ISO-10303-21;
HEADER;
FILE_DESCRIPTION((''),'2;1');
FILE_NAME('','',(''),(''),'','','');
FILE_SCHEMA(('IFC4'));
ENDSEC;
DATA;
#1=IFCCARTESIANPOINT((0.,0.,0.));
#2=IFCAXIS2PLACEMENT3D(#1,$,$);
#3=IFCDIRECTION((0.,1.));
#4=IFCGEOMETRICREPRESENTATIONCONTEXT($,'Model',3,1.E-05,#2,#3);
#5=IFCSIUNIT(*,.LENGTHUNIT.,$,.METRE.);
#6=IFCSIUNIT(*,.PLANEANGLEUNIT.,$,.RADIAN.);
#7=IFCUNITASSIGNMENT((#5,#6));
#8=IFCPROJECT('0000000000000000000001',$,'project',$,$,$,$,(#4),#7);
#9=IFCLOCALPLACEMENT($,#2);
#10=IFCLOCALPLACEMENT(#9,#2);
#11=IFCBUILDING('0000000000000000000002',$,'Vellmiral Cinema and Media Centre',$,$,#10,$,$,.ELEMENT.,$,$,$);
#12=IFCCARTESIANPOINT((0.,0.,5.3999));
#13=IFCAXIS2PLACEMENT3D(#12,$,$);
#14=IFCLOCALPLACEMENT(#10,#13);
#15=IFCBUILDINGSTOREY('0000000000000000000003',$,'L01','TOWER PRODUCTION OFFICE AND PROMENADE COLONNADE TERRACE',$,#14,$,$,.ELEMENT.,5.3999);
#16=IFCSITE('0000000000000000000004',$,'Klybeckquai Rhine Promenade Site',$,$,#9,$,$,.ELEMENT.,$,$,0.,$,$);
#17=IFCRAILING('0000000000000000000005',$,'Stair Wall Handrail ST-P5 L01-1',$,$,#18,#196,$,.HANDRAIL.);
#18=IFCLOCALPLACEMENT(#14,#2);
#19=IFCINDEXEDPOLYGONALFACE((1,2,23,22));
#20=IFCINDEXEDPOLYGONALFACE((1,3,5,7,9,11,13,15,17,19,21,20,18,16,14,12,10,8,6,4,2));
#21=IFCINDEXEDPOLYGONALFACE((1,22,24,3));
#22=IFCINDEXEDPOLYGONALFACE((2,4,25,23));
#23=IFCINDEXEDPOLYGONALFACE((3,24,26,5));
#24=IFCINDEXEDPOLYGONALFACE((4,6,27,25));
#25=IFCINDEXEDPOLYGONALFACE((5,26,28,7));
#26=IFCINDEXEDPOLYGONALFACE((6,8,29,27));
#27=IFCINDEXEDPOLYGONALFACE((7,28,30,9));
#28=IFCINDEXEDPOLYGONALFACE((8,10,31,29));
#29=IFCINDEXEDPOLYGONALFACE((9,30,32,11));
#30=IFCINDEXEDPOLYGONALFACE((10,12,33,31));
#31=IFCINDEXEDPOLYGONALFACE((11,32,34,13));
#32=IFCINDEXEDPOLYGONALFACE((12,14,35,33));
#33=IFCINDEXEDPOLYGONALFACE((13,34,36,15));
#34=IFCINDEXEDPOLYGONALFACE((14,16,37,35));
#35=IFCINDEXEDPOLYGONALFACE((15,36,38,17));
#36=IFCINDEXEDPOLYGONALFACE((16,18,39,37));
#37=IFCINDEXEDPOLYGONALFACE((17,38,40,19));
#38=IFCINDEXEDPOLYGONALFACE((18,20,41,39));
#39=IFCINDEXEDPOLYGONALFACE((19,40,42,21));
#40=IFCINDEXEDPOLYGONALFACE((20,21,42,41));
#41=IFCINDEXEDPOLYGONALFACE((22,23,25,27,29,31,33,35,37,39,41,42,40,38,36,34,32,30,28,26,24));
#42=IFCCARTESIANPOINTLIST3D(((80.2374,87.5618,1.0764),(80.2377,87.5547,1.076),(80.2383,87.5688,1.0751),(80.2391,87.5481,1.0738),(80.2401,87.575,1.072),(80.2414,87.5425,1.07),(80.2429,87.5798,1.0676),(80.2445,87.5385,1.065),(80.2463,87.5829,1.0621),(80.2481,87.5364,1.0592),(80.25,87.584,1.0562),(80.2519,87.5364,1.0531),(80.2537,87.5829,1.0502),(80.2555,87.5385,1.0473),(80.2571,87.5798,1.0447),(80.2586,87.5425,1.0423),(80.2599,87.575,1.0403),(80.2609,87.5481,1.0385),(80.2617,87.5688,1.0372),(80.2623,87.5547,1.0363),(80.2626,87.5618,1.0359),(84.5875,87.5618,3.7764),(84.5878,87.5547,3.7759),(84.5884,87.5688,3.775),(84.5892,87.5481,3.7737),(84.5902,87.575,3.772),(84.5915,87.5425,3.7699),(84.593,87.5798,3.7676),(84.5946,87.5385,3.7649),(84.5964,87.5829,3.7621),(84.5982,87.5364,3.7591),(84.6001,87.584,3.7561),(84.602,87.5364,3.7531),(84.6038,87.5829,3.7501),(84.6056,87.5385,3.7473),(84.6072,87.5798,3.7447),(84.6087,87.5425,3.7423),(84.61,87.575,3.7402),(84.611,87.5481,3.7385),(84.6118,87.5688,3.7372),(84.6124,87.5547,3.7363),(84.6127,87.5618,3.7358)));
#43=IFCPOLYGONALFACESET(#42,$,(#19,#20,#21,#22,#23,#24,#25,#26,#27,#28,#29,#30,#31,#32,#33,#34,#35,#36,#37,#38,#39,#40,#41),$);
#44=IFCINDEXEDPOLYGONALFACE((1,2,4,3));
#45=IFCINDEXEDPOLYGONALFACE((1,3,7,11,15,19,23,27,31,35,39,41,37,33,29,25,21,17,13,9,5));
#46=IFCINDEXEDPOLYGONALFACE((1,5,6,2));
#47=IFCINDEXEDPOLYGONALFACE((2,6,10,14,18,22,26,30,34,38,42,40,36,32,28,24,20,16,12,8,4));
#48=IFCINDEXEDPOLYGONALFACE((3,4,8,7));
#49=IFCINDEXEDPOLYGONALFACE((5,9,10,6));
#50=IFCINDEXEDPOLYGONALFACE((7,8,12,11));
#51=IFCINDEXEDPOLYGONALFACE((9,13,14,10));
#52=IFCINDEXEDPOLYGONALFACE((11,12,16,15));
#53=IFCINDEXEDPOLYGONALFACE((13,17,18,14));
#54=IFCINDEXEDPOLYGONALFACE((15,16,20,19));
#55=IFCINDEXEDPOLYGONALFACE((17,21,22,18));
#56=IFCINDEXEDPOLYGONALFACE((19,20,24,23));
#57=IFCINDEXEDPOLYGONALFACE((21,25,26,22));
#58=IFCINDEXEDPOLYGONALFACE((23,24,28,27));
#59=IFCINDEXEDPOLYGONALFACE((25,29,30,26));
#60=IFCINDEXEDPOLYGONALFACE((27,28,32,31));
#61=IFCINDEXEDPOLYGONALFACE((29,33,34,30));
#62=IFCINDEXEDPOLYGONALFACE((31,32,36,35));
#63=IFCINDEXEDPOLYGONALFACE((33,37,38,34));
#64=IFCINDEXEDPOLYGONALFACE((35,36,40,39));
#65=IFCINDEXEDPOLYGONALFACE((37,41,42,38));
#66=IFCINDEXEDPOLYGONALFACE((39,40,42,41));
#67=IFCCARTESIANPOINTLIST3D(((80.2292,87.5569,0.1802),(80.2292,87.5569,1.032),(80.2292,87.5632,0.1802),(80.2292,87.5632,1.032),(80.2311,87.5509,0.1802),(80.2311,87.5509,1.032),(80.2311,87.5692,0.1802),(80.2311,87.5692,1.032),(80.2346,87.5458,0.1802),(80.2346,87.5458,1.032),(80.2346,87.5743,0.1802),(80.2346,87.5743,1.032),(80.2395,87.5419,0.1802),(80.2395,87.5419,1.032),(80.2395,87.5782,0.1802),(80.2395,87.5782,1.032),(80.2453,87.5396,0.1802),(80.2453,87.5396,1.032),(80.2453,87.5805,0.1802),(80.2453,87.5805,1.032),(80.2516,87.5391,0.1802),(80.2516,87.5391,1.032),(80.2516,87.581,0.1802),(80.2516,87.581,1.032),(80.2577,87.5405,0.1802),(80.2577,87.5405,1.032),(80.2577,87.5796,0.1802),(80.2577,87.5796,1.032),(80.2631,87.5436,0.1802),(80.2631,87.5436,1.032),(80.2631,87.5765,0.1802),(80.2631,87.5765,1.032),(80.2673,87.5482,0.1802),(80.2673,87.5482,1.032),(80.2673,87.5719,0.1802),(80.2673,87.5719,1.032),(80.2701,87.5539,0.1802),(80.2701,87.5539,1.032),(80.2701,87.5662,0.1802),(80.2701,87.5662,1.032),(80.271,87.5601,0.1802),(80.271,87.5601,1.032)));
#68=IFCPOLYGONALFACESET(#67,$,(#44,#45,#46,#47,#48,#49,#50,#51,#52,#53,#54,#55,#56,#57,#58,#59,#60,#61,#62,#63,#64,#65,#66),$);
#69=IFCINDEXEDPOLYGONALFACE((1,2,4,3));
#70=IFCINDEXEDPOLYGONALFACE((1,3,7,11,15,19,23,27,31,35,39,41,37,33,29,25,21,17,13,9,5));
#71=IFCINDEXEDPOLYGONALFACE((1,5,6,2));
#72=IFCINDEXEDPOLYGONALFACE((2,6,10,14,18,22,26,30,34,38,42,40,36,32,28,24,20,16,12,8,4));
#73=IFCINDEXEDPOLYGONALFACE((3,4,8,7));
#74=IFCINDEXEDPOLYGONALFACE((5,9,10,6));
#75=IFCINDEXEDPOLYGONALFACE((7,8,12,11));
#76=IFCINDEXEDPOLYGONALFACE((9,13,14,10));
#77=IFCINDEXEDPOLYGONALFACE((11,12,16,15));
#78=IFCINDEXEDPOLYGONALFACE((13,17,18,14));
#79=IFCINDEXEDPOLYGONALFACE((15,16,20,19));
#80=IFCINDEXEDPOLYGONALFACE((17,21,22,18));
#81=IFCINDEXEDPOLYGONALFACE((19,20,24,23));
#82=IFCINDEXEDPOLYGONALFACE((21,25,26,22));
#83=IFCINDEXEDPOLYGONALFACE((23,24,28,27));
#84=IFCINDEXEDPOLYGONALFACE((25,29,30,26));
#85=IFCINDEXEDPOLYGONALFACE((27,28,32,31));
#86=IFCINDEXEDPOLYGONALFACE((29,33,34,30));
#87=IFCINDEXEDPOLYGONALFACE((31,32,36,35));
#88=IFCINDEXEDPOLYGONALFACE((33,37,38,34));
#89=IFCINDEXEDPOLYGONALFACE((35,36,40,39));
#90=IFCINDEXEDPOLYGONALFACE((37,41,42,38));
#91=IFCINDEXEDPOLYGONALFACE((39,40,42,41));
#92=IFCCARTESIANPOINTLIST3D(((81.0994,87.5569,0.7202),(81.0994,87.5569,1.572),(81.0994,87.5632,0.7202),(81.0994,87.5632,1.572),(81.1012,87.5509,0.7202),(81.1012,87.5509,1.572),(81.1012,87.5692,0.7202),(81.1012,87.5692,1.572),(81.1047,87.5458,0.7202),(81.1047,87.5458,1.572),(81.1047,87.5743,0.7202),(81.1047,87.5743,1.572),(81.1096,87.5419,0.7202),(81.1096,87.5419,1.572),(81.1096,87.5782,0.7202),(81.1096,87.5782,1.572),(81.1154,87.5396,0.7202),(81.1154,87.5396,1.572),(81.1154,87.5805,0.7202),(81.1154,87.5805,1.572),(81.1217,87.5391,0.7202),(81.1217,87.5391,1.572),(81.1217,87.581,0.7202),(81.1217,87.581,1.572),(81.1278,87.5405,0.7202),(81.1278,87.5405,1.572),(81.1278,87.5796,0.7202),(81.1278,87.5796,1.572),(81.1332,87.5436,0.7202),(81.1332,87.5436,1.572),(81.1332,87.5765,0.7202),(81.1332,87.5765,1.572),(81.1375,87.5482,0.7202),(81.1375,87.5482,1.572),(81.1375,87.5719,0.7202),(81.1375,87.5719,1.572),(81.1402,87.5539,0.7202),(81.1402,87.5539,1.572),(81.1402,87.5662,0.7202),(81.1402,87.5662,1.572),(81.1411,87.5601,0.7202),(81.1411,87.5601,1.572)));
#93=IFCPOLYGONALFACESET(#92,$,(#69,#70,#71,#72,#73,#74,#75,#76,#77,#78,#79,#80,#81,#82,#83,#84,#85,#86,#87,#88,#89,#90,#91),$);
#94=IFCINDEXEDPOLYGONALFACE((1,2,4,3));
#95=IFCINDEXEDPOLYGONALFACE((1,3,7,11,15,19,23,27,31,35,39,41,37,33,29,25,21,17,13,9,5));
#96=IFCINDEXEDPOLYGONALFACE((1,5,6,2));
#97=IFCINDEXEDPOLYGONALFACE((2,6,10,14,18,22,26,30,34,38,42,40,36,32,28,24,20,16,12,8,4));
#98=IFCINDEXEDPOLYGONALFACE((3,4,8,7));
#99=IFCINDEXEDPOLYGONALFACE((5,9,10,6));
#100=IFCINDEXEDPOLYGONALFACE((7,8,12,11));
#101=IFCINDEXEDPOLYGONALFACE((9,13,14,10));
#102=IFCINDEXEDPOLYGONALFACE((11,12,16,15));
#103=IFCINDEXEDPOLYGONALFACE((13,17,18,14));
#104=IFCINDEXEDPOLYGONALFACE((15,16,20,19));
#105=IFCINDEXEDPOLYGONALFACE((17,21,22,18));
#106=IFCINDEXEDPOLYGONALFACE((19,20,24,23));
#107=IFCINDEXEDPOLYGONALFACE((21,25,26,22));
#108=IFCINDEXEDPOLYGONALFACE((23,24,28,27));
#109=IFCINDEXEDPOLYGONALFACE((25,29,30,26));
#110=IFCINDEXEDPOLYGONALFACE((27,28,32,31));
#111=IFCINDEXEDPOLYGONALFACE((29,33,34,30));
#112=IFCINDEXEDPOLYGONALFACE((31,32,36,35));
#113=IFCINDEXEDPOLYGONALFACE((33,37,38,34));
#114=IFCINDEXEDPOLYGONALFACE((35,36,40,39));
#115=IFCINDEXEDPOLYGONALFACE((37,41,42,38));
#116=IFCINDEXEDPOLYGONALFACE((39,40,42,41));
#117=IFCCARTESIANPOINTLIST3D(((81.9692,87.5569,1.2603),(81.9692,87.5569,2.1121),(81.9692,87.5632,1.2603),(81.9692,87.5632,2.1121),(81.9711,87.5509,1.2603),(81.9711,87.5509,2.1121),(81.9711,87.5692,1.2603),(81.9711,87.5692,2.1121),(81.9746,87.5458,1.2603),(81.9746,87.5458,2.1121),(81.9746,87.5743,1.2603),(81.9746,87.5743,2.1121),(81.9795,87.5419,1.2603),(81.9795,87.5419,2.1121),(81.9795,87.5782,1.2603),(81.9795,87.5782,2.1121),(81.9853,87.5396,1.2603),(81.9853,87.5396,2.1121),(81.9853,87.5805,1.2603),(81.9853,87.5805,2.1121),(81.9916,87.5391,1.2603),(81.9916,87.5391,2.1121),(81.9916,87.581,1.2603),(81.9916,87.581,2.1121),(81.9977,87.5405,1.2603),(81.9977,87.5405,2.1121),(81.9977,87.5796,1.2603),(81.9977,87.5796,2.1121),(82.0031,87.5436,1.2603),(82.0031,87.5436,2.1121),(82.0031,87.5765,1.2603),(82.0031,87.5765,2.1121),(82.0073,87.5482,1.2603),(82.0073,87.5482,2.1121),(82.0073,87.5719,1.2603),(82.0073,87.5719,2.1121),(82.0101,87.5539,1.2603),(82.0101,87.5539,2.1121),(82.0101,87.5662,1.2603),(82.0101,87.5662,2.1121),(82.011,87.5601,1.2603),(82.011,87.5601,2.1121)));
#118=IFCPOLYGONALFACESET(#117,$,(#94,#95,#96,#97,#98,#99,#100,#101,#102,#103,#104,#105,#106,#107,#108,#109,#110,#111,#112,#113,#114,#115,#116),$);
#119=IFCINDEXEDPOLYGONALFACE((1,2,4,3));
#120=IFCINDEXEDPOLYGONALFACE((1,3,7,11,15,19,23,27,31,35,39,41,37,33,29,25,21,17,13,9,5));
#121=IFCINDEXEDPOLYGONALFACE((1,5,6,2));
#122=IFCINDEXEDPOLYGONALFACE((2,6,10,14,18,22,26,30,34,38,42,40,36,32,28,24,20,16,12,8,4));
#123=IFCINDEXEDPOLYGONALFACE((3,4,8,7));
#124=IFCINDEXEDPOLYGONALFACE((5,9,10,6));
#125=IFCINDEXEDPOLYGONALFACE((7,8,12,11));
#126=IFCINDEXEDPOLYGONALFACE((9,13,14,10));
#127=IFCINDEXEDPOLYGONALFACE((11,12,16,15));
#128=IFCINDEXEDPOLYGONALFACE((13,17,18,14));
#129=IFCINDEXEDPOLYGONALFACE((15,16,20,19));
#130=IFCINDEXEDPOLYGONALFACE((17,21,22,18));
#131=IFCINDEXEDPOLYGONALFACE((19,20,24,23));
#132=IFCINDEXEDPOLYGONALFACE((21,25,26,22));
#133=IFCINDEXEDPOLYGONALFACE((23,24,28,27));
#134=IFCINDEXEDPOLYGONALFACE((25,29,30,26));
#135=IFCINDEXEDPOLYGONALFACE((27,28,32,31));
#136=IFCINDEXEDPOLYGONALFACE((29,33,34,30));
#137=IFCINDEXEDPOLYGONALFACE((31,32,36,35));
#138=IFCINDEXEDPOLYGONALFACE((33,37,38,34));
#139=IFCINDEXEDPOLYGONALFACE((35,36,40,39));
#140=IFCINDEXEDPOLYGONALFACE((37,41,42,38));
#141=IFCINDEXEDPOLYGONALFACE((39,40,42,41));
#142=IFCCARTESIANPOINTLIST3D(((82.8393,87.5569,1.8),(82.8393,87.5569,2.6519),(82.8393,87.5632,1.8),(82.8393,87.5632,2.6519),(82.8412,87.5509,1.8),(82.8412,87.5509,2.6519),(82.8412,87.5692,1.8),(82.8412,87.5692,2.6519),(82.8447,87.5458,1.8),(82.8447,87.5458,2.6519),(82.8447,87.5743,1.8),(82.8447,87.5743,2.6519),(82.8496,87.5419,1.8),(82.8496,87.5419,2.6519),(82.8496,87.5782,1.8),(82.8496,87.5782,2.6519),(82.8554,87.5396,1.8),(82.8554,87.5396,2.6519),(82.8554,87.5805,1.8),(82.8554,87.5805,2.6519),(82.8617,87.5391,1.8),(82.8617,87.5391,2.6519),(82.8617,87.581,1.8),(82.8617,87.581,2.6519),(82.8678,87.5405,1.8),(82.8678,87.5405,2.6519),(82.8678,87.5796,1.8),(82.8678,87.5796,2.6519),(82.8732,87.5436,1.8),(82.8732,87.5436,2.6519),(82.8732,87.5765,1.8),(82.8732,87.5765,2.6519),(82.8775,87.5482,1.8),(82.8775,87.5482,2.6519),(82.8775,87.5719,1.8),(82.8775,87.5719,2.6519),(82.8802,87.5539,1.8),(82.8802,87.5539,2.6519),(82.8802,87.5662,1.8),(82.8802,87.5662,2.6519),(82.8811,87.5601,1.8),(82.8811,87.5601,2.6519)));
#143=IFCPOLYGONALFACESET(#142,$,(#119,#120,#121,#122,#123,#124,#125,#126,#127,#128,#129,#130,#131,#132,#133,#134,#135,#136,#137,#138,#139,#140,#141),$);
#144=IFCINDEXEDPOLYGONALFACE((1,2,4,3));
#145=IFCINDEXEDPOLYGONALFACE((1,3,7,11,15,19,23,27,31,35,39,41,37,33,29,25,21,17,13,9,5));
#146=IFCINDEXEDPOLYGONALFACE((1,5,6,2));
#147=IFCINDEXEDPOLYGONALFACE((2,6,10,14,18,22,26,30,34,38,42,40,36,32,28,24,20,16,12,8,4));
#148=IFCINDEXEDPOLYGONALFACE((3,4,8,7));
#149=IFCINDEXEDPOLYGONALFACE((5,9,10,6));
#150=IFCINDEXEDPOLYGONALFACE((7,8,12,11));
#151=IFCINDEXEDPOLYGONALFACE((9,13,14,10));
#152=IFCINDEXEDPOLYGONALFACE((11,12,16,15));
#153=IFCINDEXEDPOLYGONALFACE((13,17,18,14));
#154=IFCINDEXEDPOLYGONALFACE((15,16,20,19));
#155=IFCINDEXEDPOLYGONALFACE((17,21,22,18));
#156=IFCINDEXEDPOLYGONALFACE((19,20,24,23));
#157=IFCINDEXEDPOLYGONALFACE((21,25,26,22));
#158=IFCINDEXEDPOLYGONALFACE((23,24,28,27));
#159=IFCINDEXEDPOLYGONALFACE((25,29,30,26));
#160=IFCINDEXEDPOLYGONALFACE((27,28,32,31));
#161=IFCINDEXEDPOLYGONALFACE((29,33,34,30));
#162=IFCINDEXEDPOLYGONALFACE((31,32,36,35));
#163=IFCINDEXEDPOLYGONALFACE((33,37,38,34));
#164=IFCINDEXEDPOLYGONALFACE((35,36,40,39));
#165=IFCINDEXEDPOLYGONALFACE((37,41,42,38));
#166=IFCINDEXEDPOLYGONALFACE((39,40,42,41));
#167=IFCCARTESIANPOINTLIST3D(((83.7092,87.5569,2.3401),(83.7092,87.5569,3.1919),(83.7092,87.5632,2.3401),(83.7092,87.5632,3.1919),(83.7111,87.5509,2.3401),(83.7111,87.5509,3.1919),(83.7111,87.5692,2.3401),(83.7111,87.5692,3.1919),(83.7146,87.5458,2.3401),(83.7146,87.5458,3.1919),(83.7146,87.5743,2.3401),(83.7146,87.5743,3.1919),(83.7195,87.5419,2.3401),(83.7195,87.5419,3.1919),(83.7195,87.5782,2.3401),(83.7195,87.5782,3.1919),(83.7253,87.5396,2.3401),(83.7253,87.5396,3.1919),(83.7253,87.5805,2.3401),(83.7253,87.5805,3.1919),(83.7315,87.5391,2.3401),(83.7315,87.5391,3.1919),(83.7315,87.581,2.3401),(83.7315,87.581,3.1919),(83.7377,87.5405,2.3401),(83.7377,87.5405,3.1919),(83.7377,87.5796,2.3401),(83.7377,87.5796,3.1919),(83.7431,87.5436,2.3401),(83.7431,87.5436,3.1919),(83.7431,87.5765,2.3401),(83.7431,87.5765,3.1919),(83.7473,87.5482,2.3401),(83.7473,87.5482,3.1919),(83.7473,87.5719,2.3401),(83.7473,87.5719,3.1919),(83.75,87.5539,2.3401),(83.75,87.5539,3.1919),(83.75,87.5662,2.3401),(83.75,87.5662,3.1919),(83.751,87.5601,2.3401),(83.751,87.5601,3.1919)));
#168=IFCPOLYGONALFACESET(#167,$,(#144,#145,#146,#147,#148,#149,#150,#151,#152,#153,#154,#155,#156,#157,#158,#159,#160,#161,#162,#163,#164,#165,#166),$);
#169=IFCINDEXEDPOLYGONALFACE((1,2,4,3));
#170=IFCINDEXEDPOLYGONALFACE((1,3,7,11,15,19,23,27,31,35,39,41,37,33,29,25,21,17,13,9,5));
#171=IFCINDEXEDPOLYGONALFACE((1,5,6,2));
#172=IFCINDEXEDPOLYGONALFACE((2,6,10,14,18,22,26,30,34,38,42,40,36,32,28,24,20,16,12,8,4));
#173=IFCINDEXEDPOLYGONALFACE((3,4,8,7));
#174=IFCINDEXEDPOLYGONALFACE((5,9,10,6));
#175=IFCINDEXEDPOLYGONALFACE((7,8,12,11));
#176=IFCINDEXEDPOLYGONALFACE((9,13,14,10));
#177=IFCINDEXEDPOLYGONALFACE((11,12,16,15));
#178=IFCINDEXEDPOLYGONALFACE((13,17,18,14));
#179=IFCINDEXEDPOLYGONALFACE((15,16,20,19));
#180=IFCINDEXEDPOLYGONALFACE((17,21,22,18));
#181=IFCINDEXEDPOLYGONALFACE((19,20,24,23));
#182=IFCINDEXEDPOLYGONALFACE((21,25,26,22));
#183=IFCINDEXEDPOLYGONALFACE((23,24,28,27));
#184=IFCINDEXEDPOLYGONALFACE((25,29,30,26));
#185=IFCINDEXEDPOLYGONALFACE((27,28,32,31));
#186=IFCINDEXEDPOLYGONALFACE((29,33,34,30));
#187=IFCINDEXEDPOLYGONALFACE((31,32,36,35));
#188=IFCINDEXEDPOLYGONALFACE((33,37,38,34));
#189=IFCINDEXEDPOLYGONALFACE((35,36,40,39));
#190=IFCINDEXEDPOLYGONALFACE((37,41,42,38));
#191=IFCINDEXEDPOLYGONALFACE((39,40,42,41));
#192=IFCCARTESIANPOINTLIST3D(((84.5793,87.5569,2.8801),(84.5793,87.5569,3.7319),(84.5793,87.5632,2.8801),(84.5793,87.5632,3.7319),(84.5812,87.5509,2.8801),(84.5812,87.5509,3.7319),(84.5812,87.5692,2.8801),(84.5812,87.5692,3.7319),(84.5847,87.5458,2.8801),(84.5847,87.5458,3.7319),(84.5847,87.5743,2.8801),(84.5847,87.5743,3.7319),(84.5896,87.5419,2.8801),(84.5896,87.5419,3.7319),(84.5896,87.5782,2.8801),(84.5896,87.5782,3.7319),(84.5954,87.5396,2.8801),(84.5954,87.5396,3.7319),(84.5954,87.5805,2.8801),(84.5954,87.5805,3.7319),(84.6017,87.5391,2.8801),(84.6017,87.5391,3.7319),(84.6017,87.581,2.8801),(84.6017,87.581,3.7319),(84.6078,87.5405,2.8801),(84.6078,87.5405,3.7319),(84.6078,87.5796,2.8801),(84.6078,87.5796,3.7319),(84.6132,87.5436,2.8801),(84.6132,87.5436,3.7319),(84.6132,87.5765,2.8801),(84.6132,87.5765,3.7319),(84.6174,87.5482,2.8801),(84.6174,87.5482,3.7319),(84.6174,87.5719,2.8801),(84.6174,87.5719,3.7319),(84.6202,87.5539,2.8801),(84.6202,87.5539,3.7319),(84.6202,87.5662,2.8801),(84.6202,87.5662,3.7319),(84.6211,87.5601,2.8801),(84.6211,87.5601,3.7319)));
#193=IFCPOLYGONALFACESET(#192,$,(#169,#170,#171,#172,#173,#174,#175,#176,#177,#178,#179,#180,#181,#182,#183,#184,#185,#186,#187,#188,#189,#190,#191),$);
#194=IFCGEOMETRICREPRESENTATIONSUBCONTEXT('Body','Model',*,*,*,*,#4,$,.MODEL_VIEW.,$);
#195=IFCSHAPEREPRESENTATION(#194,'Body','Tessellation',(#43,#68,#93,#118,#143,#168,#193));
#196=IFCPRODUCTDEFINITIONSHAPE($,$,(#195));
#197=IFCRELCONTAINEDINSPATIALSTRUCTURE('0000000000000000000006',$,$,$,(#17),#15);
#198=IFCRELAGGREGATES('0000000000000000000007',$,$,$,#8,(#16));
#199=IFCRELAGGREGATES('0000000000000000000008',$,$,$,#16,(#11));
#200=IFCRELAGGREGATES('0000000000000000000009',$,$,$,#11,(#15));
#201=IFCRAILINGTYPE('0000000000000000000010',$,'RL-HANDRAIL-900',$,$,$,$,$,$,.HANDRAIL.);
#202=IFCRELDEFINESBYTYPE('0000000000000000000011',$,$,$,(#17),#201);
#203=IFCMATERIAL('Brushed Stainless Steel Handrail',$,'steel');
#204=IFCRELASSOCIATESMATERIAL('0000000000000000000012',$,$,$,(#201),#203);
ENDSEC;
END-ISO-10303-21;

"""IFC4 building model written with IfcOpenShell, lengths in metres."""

from ifc_helpers import new_model, si_unit, direction, frame, origin, origin_2d, place, context, subcontext, project, spatial, circle, extrude, material, type_object, element, save


model = new_model("IFC4")

# Units and contexts
model_context = context("Model", 3, precision=1e-05, world=origin(), true_north=direction((0.0, 1.0)))
body_context = subcontext(model_context, "Body", "Model", "MODEL_VIEW")
ifc_project = project(units=[si_unit("LENGTHUNIT", "METRE"), si_unit("PLANEANGLEUNIT", "RADIAN")], contexts=[model_context])

# Site, building, storey
site_placement = place(None, origin())
site = spatial("IfcSite", under=ifc_project, at=site_placement, Name="Klybeckquai Rhine Promenade Site", CompositionType="ELEMENT", RefElevation=0.0)
building_placement = place(site_placement, origin())
building = spatial("IfcBuilding", under=site, at=building_placement, Name="Vellmiral Cinema and Media Centre", CompositionType="ELEMENT")
storey_placement = place(building_placement, frame((0.0, 0.0, 5.3999)))
storey = spatial("IfcBuildingStorey", under=building, at=storey_placement, Name="L01", Description="TOWER PRODUCTION OFFICE AND PROMENADE COLONNADE TERRACE", CompositionType="ELEMENT", Elevation=5.3999)

# Railing
ifc_material_1 = material(Name="Brushed Stainless Steel Handrail", Category="steel")
railing_type_1 = type_object("IfcRailingType", Name="RL-HANDRAIL-900", PredefinedType="HANDRAIL", material=ifc_material_1)
railing_1_placement = place(storey_placement, frame((80.25, 87.5601, 0.1802)))
element("IfcRailing", 1, at=railing_1_placement, inside=storey, type_object=railing_type_1, Name="Stair Wall Handrail ST-P5 L01-1", PredefinedType="HANDRAIL", context=body_context, shape_type="SweptSolid", body=[
    extrude(circle(Radius=0.0239, at=origin_2d()), frame((0.0, 0.0, 0.876), z_axis=(0.84965, 0.0, 0.527347), x_axis=(0.0, 1.0, 0.0)), (0.0, 0.0, 1.0), 5.1199),
    extrude(circle(Radius=0.021, at=origin_2d()), origin(), (0.0, 0.0, 1.0), 0.8518),
    extrude(circle(Radius=0.021, at=origin_2d()), frame((0.8701, 0.0, 0.54)), (0.0, 0.0, 1.0), 0.8518),
    extrude(circle(Radius=0.021, at=origin_2d()), frame((1.74, 0.0, 1.0801)), (0.0, 0.0, 1.0), 0.8518),
    extrude(circle(Radius=0.021, at=origin_2d()), frame((2.6101, 0.0, 1.6199)), (0.0, 0.0, 1.0), 0.8518),
    extrude(circle(Radius=0.021, at=origin_2d()), frame((3.48, 0.0, 2.1599)), (0.0, 0.0, 1.0), 0.8518),
    extrude(circle(Radius=0.021, at=origin_2d()), frame((4.3501, 0.0, 2.7)), (0.0, 0.0, 1.0), 0.8518),
])

save(model, "model.ifc")
